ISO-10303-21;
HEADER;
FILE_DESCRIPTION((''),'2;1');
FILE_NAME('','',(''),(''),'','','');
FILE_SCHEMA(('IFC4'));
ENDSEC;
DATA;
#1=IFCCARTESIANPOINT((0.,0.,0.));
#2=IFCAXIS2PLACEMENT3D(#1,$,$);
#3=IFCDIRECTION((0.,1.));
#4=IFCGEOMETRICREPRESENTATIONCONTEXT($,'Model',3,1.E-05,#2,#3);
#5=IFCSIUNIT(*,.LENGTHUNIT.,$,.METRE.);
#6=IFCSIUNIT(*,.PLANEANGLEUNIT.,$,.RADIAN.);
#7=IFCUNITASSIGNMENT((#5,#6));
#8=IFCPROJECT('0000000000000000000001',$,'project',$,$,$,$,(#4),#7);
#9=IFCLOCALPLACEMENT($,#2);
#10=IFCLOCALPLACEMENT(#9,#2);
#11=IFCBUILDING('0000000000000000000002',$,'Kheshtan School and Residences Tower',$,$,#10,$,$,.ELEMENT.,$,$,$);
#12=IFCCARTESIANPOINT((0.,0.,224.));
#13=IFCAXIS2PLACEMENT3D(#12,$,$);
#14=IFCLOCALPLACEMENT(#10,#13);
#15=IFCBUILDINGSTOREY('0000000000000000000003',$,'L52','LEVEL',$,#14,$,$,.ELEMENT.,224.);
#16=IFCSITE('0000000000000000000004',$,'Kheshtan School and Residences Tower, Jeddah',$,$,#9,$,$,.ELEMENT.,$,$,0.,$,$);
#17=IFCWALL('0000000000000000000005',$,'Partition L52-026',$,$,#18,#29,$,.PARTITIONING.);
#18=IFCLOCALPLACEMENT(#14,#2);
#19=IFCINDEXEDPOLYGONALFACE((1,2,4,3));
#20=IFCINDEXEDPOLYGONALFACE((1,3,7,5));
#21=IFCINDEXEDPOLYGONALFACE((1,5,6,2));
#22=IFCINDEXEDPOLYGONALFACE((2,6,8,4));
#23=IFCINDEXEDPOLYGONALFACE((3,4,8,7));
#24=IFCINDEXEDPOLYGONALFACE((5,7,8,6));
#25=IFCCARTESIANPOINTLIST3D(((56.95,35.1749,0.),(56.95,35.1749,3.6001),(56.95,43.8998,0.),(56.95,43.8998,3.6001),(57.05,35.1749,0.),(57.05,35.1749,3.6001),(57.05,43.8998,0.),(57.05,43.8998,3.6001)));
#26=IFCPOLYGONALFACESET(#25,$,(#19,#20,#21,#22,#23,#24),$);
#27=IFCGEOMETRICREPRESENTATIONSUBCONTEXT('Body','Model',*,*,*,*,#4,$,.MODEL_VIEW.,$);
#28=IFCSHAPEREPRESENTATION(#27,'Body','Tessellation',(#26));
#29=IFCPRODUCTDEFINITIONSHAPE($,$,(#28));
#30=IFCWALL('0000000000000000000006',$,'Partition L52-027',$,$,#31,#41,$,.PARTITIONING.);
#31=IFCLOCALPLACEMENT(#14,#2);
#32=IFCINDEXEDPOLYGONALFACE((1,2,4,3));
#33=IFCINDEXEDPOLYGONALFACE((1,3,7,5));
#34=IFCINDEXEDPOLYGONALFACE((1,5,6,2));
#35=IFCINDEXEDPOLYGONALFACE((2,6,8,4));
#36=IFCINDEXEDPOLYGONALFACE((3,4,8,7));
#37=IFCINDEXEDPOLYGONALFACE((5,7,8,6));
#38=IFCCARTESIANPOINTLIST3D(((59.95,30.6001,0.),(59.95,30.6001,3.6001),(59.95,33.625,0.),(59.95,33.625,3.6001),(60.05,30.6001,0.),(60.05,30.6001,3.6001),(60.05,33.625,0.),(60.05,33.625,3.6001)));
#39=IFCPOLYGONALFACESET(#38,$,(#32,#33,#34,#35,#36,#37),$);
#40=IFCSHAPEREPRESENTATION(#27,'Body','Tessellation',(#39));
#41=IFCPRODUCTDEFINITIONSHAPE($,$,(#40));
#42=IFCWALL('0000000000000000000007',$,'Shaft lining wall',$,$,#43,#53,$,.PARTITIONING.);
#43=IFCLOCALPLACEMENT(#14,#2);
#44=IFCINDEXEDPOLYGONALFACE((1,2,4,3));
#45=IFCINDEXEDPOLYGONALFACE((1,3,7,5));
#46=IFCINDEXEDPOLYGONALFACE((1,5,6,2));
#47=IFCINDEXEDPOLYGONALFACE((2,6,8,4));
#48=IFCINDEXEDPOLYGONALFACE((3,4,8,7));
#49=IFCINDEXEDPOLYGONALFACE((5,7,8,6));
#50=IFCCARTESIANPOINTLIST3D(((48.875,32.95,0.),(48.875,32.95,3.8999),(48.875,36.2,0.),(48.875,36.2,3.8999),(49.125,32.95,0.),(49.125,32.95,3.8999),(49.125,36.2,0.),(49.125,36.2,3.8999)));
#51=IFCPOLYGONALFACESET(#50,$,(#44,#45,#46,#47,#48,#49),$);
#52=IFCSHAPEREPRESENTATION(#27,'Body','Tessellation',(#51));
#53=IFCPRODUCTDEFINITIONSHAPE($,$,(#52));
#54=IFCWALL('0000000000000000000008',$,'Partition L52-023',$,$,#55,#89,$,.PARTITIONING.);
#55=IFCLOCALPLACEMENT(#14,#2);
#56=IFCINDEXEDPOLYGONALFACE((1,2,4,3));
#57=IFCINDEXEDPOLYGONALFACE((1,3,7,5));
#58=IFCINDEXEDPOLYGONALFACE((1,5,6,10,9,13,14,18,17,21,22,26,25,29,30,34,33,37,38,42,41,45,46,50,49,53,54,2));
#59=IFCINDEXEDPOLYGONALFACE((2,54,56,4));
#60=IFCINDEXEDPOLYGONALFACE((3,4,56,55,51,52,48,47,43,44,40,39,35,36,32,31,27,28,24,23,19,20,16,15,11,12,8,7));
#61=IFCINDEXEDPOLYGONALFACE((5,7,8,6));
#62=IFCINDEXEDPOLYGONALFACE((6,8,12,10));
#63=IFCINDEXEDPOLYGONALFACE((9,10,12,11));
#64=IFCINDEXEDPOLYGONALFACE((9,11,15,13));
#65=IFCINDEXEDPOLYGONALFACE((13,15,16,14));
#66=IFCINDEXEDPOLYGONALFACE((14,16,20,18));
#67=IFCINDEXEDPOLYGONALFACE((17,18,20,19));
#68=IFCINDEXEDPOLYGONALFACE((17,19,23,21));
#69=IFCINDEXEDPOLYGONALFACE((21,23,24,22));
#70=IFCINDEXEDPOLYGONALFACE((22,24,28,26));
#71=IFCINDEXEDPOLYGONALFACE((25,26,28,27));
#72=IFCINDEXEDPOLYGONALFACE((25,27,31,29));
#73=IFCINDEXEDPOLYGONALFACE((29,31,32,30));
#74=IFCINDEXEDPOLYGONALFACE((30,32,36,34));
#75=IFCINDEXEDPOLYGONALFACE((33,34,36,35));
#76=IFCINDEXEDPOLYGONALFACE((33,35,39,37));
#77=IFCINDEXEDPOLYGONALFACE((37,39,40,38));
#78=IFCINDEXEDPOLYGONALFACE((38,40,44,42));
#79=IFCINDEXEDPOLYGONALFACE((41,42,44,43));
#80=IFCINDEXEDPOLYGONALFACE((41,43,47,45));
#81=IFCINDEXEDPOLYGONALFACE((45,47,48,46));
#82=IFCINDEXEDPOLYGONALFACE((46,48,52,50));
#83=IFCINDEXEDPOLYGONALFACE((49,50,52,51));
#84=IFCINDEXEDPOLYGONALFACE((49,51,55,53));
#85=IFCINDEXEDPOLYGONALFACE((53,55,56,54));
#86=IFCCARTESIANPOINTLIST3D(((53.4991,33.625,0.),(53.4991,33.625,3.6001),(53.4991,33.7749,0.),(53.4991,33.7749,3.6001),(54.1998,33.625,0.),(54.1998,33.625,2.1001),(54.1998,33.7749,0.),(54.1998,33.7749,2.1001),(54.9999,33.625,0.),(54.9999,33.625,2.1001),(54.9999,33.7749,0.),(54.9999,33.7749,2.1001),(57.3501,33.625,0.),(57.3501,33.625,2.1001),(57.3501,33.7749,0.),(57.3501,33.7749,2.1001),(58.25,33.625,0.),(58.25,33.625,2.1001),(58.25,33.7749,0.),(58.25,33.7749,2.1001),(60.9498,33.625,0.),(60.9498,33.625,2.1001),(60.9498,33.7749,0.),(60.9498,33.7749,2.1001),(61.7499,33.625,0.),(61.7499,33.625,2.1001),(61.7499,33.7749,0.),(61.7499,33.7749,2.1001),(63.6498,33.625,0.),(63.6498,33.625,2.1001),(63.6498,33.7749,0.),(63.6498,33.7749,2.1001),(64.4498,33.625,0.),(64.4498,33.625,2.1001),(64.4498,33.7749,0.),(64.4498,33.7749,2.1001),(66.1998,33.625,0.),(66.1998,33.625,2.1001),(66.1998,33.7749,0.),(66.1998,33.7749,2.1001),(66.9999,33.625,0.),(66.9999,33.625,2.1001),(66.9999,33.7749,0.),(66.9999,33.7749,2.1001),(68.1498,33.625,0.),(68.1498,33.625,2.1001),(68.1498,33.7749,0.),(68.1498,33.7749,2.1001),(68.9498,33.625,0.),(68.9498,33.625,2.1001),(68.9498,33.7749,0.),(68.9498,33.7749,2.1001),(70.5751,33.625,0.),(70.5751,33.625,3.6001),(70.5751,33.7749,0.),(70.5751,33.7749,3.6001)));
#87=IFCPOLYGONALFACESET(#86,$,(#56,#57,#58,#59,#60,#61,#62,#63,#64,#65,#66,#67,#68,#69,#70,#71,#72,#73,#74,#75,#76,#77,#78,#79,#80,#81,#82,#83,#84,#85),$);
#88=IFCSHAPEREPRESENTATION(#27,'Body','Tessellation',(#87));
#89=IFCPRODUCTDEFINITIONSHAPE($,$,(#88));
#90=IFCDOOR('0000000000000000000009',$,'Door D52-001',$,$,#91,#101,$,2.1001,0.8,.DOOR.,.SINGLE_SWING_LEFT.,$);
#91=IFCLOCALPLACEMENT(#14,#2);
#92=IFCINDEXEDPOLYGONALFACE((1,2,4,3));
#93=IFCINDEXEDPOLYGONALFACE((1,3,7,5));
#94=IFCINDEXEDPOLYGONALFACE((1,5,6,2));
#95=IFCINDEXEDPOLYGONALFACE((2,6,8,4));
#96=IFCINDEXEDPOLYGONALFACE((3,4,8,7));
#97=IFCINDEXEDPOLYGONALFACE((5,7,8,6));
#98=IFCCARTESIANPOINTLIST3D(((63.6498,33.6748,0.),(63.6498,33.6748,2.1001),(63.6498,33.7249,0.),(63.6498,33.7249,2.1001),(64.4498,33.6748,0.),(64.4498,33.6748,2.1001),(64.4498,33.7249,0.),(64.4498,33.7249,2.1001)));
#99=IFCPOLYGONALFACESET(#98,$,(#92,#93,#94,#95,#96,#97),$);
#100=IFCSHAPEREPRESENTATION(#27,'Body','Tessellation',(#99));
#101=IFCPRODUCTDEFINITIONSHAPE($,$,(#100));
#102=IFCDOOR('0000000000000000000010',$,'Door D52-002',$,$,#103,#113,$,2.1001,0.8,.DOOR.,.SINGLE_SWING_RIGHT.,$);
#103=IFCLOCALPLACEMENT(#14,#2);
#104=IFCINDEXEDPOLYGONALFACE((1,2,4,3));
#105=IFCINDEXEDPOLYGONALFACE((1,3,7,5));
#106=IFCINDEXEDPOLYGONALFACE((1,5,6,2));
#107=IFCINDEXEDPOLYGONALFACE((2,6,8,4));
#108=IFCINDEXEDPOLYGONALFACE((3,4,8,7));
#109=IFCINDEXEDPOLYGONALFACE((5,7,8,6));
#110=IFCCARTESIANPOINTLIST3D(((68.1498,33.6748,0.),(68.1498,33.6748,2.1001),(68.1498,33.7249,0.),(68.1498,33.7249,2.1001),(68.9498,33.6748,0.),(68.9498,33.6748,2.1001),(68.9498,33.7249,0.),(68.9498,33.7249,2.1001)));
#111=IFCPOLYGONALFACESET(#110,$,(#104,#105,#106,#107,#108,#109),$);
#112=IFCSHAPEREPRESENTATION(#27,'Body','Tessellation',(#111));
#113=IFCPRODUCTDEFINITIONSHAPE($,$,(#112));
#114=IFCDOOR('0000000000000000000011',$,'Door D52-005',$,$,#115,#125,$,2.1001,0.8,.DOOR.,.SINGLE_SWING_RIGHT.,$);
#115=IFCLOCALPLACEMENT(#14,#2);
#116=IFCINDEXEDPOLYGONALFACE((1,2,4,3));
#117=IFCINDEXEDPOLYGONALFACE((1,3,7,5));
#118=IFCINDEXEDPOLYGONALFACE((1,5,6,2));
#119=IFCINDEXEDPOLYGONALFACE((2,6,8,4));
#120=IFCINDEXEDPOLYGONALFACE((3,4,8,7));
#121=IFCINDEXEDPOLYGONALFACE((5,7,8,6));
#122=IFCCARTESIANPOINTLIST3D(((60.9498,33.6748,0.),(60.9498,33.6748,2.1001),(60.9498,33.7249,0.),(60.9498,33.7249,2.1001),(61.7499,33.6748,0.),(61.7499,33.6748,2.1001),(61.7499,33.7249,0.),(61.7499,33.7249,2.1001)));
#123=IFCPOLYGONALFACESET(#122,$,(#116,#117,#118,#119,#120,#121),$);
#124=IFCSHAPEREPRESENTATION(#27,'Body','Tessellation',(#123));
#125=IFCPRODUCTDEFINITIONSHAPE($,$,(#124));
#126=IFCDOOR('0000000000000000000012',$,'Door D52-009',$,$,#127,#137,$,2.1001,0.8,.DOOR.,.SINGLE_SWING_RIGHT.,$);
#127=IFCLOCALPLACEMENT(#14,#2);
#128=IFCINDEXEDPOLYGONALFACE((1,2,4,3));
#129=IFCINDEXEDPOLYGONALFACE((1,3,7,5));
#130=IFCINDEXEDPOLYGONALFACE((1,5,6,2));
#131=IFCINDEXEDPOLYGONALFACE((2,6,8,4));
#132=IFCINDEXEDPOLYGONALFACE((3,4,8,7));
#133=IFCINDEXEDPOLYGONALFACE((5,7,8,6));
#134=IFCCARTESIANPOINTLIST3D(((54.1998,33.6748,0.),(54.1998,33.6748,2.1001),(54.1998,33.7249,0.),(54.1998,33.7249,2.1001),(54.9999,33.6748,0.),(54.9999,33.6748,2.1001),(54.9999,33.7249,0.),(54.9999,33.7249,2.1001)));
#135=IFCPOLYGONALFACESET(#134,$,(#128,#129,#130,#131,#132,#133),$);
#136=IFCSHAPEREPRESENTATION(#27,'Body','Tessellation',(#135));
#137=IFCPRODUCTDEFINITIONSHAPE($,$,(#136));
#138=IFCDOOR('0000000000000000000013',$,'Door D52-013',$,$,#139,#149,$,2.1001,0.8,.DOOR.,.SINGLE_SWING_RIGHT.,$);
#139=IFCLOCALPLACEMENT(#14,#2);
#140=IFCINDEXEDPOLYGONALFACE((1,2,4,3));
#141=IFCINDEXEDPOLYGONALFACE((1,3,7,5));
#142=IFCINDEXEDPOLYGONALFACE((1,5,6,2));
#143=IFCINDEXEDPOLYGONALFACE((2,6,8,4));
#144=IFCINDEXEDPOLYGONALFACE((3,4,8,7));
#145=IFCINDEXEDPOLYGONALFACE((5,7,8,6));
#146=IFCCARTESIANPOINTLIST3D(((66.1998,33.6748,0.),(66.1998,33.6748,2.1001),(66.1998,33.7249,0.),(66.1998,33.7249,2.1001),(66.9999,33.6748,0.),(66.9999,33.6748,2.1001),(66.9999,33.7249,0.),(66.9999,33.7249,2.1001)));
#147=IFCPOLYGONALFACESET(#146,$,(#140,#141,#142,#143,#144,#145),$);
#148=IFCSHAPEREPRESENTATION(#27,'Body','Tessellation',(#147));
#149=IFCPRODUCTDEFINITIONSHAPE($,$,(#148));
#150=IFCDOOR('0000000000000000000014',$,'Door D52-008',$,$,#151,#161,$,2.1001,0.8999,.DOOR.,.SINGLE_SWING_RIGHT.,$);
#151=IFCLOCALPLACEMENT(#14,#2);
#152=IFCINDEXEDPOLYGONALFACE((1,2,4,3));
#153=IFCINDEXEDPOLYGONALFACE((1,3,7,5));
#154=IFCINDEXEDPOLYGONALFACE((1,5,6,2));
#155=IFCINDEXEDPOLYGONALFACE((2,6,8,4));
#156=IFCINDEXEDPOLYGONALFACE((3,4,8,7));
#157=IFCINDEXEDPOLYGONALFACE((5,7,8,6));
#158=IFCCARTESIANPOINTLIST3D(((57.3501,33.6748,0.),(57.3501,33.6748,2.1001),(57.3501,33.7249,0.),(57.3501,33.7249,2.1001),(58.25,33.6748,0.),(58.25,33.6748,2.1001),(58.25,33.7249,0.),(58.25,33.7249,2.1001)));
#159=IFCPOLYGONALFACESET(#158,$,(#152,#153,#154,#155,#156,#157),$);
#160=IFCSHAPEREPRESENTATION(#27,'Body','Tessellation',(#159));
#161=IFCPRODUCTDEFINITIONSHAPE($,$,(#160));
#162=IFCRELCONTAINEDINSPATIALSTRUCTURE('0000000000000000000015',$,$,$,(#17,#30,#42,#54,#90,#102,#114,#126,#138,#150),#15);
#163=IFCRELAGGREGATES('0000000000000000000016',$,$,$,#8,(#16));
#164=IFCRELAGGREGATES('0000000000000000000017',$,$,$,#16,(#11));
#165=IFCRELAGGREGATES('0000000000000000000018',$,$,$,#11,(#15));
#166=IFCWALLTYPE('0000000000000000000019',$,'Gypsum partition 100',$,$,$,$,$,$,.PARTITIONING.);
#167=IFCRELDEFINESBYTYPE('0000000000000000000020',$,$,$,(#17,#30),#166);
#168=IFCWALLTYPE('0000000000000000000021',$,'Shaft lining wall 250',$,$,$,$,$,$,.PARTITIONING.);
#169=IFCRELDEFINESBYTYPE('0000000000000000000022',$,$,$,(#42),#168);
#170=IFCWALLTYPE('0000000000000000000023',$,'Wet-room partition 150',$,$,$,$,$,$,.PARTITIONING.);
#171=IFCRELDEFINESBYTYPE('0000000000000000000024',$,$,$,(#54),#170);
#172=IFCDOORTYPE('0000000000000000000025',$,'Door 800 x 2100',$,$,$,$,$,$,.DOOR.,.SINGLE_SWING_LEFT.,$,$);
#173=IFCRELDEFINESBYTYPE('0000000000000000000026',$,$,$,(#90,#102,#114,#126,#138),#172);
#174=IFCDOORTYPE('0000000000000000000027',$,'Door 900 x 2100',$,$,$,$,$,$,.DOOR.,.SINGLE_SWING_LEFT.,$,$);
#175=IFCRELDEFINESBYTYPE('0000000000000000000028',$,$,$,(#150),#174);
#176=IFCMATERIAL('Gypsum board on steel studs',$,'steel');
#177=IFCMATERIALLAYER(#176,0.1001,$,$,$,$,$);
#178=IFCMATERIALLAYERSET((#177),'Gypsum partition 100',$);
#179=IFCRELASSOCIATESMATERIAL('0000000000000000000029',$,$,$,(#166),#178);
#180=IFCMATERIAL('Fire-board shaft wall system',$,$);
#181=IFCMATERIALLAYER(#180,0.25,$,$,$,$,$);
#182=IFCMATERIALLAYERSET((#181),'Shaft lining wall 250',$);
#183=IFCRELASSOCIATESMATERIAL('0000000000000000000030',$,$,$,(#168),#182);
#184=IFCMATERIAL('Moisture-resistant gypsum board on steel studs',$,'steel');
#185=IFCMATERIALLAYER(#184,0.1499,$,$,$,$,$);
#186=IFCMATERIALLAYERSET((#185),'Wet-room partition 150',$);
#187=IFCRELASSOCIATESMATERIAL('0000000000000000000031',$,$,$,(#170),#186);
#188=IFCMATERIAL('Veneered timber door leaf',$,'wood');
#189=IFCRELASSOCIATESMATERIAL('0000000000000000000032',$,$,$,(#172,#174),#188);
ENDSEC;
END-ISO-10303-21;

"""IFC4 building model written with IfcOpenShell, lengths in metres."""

from ifc_helpers import new_model, si_unit, direction, frame, frame_2d, origin, place, context, subcontext, project, spatial, rectangle, extrude, source, transform, mapped, material, layer, layer_set, type_object, element, fill, save


model = new_model("IFC4")

# Units and contexts
model_context = context("Model", 3, precision=1e-05, world=origin(), true_north=direction((0.0, 1.0)))
body_context = subcontext(model_context, "Body", "Model", "MODEL_VIEW")
ifc_project = project(units=[si_unit("LENGTHUNIT", "METRE"), si_unit("PLANEANGLEUNIT", "RADIAN")], contexts=[model_context])

# Site, building, storey
site_placement = place(None, origin())
site = spatial("IfcSite", under=ifc_project, at=site_placement, Name="Kheshtan School and Residences Tower, Jeddah", CompositionType="ELEMENT", RefElevation=0.0)
building_placement = place(site_placement, origin())
building = spatial("IfcBuilding", under=site, at=building_placement, Name="Kheshtan School and Residences Tower", CompositionType="ELEMENT")
storey_placement = place(building_placement, frame((0.0, 0.0, 224.0)))
storey = spatial("IfcBuildingStorey", under=building, at=storey_placement, Name="L52", Description="LEVEL", CompositionType="ELEMENT", Elevation=224.0)

# Walls
ifc_material_1 = material(Name="Gypsum board on steel studs", Category="steel")
ifc_layer_1 = layer(ifc_material_1, 0.1001)
ifc_layer_set_1 = layer_set([ifc_layer_1], Name="Gypsum partition 100")
wall_type_1 = type_object("IfcWallType", Name="Gypsum partition 100", PredefinedType="PARTITIONING", material=ifc_layer_set_1)
wall_1_placement = place(storey_placement, frame((57.0, 35.175, 0.0), z_axis=(0.0, 0.0, 1.0), x_axis=(0.0, 1.0, 0.0)))
element("IfcWall", 1, at=wall_1_placement, inside=storey, type_object=wall_type_1, Name="Partition L52-026", PredefinedType="PARTITIONING", context=body_context, shape_type="SweptSolid", body=[
    extrude(rectangle(XDim=8.7249, YDim=0.1001, at=frame_2d((4.3623, 0.0))), origin(), (0.0, 0.0, 1.0), 3.6001),
])
wall_2_placement = place(storey_placement, frame((60.0, 30.6001, 0.0), z_axis=(0.0, 0.0, 1.0), x_axis=(0.0, 1.0, 0.0)))
element("IfcWall", 2, at=wall_2_placement, inside=storey, type_object=wall_type_1, Name="Partition L52-027", PredefinedType="PARTITIONING", context=body_context, shape_type="SweptSolid", body=[
    extrude(rectangle(XDim=3.0249, YDim=0.1001, at=frame_2d((1.5125, 0.0))), origin(), (0.0, 0.0, 1.0), 3.6001),
])
ifc_material_2 = material(Name="Fire-board shaft wall system")
ifc_layer_2 = layer(ifc_material_2, 0.25)
ifc_layer_set_2 = layer_set([ifc_layer_2], Name="Shaft lining wall 250")
wall_type_2 = type_object("IfcWallType", Name="Shaft lining wall 250", PredefinedType="PARTITIONING", material=ifc_layer_set_2)
wall_3_placement = place(storey_placement, frame((49.0, 32.95, 0.0), z_axis=(0.0, 0.0, 1.0), x_axis=(0.0, 1.0, 0.0)))
element("IfcWall", 3, at=wall_3_placement, inside=storey, type_object=wall_type_2, Name="Shaft lining wall", PredefinedType="PARTITIONING", context=body_context, shape_type="SweptSolid", body=[
    extrude(rectangle(XDim=3.25, YDim=0.25, at=frame_2d((1.625, 0.0))), origin(), (0.0, 0.0, 1.0), 3.8999),
])

# Wall, openings, doors
ifc_material_3 = material(Name="Moisture-resistant gypsum board on steel studs", Category="steel")
ifc_layer_3 = layer(ifc_material_3, 0.1499)
ifc_layer_set_3 = layer_set([ifc_layer_3], Name="Wet-room partition 150")
wall_type_3 = type_object("IfcWallType", Name="Wet-room partition 150", PredefinedType="PARTITIONING", material=ifc_layer_set_3)
wall_4_placement = place(storey_placement, frame((53.499, 33.7, 0.0), z_axis=(0.0, 0.0, 1.0), x_axis=(1.0, 0.0, 0.0)))
wall_4 = element("IfcWall", 4, at=wall_4_placement, inside=storey, type_object=wall_type_3, Name="Partition L52-023", PredefinedType="PARTITIONING", context=body_context, shape_type="SweptSolid", body=[
    extrude(rectangle(XDim=17.0759, YDim=0.1499, at=frame_2d((8.5381, 0.0))), origin(), (0.0, 0.0, 1.0), 3.6001),
])
opening_1_placement = place(wall_4_placement, frame((10.1509, 0.0, 0.0)))
opening_1 = element("IfcOpeningElement", 5, at=opening_1_placement, cuts=wall_4, PredefinedType="OPENING", context=body_context, shape_type="SweptSolid", body=[
    extrude(rectangle(XDim=0.8, YDim=2.1001, at=frame_2d((0.3999, 1.05))), frame((0.0, 0.085, 0.0), z_axis=(0.0, -1.0, 0.0), x_axis=(1.0, 0.0, 0.0)), (0.0, 0.0, 1.0), 0.1699),
])
opening_2_placement = place(wall_4_placement, frame((14.6509, 0.0, 0.0)))
opening_2 = element("IfcOpeningElement", 6, at=opening_2_placement, cuts=wall_4, PredefinedType="OPENING", context=body_context, shape_type="SweptSolid", body=[
    extrude(rectangle(XDim=0.8, YDim=2.1001, at=frame_2d((0.3999, 1.05))), frame((0.0, 0.085, 0.0), z_axis=(0.0, -1.0, 0.0), x_axis=(1.0, 0.0, 0.0)), (0.0, 0.0, 1.0), 0.1699),
])
opening_3_placement = place(wall_4_placement, frame((7.4509, 0.0, 0.0)))
opening_3 = element("IfcOpeningElement", 7, at=opening_3_placement, cuts=wall_4, PredefinedType="OPENING", context=body_context, shape_type="SweptSolid", body=[
    extrude(rectangle(XDim=0.8, YDim=2.1001, at=frame_2d((0.3999, 1.05))), frame((0.0, 0.085, 0.0), z_axis=(0.0, -1.0, 0.0), x_axis=(1.0, 0.0, 0.0)), (0.0, 0.0, 1.0), 0.1699),
])
opening_4_placement = place(wall_4_placement, frame((3.8511, 0.0, 0.0)))
opening_4 = element("IfcOpeningElement", 8, at=opening_4_placement, cuts=wall_4, PredefinedType="OPENING", context=body_context, shape_type="SweptSolid", body=[
    extrude(rectangle(XDim=0.8999, YDim=2.1001, at=frame_2d((0.45, 1.05))), frame((0.0, 0.085, 0.0), z_axis=(0.0, -1.0, 0.0), x_axis=(1.0, 0.0, 0.0)), (0.0, 0.0, 1.0), 0.1699),
])
opening_5_placement = place(wall_4_placement, frame((0.7009, 0.0, 0.0)))
opening_5 = element("IfcOpeningElement", 9, at=opening_5_placement, cuts=wall_4, PredefinedType="OPENING", context=body_context, shape_type="SweptSolid", body=[
    extrude(rectangle(XDim=0.8, YDim=2.1001, at=frame_2d((0.3999, 1.05))), frame((0.0, 0.085, 0.0), z_axis=(0.0, -1.0, 0.0), x_axis=(1.0, 0.0, 0.0)), (0.0, 0.0, 1.0), 0.1699),
])
opening_6_placement = place(wall_4_placement, frame((12.7009, 0.0, 0.0)))
opening_6 = element("IfcOpeningElement", 10, at=opening_6_placement, cuts=wall_4, PredefinedType="OPENING", context=body_context, shape_type="SweptSolid", body=[
    extrude(rectangle(XDim=0.8, YDim=2.1001, at=frame_2d((0.3999, 1.05))), frame((0.0, 0.085, 0.0), z_axis=(0.0, -1.0, 0.0), x_axis=(1.0, 0.0, 0.0)), (0.0, 0.0, 1.0), 0.1699),
])
ifc_material_4 = material(Name="Veneered timber door leaf", Category="wood")
door_type_1 = type_object("IfcDoorType", Name="Door 800 x 2100", OperationType="SINGLE_SWING_LEFT", PredefinedType="DOOR", material=ifc_material_4)
shared_shape_1 = source(origin(), body_context, "Body", "SweptSolid", [
    extrude(rectangle(XDim=0.8, YDim=2.1001, at=frame_2d((0.3999, 1.05))), frame((0.0, 0.0249, 0.0), z_axis=(0.0, -1.0, 0.0), x_axis=(1.0, 0.0, 0.0)), (0.0, 0.0, 1.0), 0.05),
])
door_1_placement = place(opening_1_placement, origin())
door_1 = element("IfcDoor", 11, at=door_1_placement, inside=storey, type_object=door_type_1, Name="Door D52-001", OperationType="SINGLE_SWING_LEFT", OverallHeight=2.1001, OverallWidth=0.8, PredefinedType="DOOR", context=body_context, shape_type="MappedRepresentation", body=[
    mapped(shared_shape_1, transform((0.0, 0.0, 0.0), x_axis=(1.0, 0.0, 0.0), y_axis=(0.0, 1.0, 0.0), z_axis=(0.0, 0.0, 1.0), scale=1.0)),
])
fill(opening_1, door_1)
door_2_placement = place(opening_2_placement, origin())
door_2 = element("IfcDoor", 12, at=door_2_placement, inside=storey, type_object=door_type_1, Name="Door D52-002", OperationType="SINGLE_SWING_RIGHT", OverallHeight=2.1001, OverallWidth=0.8, PredefinedType="DOOR", context=body_context, shape_type="MappedRepresentation", body=[
    mapped(shared_shape_1, transform((0.0, 0.0, 0.0), x_axis=(1.0, 0.0, 0.0), y_axis=(0.0, 1.0, 0.0), z_axis=(0.0, 0.0, 1.0), scale=1.0)),
])
fill(opening_2, door_2)
door_3_placement = place(opening_3_placement, origin())
door_3 = element("IfcDoor", 13, at=door_3_placement, inside=storey, type_object=door_type_1, Name="Door D52-005", OperationType="SINGLE_SWING_RIGHT", OverallHeight=2.1001, OverallWidth=0.8, PredefinedType="DOOR", context=body_context, shape_type="MappedRepresentation", body=[
    mapped(shared_shape_1, transform((0.0, 0.0, 0.0), x_axis=(1.0, 0.0, 0.0), y_axis=(0.0, 1.0, 0.0), z_axis=(0.0, 0.0, 1.0), scale=1.0)),
])
fill(opening_3, door_3)
door_4_placement = place(opening_5_placement, origin())
door_4 = element("IfcDoor", 14, at=door_4_placement, inside=storey, type_object=door_type_1, Name="Door D52-009", OperationType="SINGLE_SWING_RIGHT", OverallHeight=2.1001, OverallWidth=0.8, PredefinedType="DOOR", context=body_context, shape_type="MappedRepresentation", body=[
    mapped(shared_shape_1, transform((0.0, 0.0, 0.0), x_axis=(1.0, 0.0, 0.0), y_axis=(0.0, 1.0, 0.0), z_axis=(0.0, 0.0, 1.0), scale=1.0)),
])
fill(opening_5, door_4)
door_5_placement = place(opening_6_placement, origin())
door_5 = element("IfcDoor", 15, at=door_5_placement, inside=storey, type_object=door_type_1, Name="Door D52-013", OperationType="SINGLE_SWING_RIGHT", OverallHeight=2.1001, OverallWidth=0.8, PredefinedType="DOOR", context=body_context, shape_type="MappedRepresentation", body=[
    mapped(shared_shape_1, transform((0.0, 0.0, 0.0), x_axis=(1.0, 0.0, 0.0), y_axis=(0.0, 1.0, 0.0), z_axis=(0.0, 0.0, 1.0), scale=1.0)),
])
fill(opening_6, door_5)
door_type_2 = type_object("IfcDoorType", Name="Door 900 x 2100", OperationType="SINGLE_SWING_LEFT", PredefinedType="DOOR", material=ifc_material_4)
shared_shape_2 = source(origin(), body_context, "Body", "SweptSolid", [
    extrude(rectangle(XDim=0.8999, YDim=2.1001, at=frame_2d((0.45, 1.05))), frame((0.0, 0.0249, 0.0), z_axis=(0.0, -1.0, 0.0), x_axis=(1.0, 0.0, 0.0)), (0.0, 0.0, 1.0), 0.05),
])
door_6_placement = place(opening_4_placement, origin())
door_6 = element("IfcDoor", 16, at=door_6_placement, inside=storey, type_object=door_type_2, Name="Door D52-008", OperationType="SINGLE_SWING_RIGHT", OverallHeight=2.1001, OverallWidth=0.8999, PredefinedType="DOOR", context=body_context, shape_type="MappedRepresentation", body=[
    mapped(shared_shape_2, transform((0.0, 0.0, 0.0), x_axis=(1.0, 0.0, 0.0), y_axis=(0.0, 1.0, 0.0), z_axis=(0.0, 0.0, 1.0), scale=1.0)),
])
fill(opening_4, door_6)

save(model, "model.ifc")
